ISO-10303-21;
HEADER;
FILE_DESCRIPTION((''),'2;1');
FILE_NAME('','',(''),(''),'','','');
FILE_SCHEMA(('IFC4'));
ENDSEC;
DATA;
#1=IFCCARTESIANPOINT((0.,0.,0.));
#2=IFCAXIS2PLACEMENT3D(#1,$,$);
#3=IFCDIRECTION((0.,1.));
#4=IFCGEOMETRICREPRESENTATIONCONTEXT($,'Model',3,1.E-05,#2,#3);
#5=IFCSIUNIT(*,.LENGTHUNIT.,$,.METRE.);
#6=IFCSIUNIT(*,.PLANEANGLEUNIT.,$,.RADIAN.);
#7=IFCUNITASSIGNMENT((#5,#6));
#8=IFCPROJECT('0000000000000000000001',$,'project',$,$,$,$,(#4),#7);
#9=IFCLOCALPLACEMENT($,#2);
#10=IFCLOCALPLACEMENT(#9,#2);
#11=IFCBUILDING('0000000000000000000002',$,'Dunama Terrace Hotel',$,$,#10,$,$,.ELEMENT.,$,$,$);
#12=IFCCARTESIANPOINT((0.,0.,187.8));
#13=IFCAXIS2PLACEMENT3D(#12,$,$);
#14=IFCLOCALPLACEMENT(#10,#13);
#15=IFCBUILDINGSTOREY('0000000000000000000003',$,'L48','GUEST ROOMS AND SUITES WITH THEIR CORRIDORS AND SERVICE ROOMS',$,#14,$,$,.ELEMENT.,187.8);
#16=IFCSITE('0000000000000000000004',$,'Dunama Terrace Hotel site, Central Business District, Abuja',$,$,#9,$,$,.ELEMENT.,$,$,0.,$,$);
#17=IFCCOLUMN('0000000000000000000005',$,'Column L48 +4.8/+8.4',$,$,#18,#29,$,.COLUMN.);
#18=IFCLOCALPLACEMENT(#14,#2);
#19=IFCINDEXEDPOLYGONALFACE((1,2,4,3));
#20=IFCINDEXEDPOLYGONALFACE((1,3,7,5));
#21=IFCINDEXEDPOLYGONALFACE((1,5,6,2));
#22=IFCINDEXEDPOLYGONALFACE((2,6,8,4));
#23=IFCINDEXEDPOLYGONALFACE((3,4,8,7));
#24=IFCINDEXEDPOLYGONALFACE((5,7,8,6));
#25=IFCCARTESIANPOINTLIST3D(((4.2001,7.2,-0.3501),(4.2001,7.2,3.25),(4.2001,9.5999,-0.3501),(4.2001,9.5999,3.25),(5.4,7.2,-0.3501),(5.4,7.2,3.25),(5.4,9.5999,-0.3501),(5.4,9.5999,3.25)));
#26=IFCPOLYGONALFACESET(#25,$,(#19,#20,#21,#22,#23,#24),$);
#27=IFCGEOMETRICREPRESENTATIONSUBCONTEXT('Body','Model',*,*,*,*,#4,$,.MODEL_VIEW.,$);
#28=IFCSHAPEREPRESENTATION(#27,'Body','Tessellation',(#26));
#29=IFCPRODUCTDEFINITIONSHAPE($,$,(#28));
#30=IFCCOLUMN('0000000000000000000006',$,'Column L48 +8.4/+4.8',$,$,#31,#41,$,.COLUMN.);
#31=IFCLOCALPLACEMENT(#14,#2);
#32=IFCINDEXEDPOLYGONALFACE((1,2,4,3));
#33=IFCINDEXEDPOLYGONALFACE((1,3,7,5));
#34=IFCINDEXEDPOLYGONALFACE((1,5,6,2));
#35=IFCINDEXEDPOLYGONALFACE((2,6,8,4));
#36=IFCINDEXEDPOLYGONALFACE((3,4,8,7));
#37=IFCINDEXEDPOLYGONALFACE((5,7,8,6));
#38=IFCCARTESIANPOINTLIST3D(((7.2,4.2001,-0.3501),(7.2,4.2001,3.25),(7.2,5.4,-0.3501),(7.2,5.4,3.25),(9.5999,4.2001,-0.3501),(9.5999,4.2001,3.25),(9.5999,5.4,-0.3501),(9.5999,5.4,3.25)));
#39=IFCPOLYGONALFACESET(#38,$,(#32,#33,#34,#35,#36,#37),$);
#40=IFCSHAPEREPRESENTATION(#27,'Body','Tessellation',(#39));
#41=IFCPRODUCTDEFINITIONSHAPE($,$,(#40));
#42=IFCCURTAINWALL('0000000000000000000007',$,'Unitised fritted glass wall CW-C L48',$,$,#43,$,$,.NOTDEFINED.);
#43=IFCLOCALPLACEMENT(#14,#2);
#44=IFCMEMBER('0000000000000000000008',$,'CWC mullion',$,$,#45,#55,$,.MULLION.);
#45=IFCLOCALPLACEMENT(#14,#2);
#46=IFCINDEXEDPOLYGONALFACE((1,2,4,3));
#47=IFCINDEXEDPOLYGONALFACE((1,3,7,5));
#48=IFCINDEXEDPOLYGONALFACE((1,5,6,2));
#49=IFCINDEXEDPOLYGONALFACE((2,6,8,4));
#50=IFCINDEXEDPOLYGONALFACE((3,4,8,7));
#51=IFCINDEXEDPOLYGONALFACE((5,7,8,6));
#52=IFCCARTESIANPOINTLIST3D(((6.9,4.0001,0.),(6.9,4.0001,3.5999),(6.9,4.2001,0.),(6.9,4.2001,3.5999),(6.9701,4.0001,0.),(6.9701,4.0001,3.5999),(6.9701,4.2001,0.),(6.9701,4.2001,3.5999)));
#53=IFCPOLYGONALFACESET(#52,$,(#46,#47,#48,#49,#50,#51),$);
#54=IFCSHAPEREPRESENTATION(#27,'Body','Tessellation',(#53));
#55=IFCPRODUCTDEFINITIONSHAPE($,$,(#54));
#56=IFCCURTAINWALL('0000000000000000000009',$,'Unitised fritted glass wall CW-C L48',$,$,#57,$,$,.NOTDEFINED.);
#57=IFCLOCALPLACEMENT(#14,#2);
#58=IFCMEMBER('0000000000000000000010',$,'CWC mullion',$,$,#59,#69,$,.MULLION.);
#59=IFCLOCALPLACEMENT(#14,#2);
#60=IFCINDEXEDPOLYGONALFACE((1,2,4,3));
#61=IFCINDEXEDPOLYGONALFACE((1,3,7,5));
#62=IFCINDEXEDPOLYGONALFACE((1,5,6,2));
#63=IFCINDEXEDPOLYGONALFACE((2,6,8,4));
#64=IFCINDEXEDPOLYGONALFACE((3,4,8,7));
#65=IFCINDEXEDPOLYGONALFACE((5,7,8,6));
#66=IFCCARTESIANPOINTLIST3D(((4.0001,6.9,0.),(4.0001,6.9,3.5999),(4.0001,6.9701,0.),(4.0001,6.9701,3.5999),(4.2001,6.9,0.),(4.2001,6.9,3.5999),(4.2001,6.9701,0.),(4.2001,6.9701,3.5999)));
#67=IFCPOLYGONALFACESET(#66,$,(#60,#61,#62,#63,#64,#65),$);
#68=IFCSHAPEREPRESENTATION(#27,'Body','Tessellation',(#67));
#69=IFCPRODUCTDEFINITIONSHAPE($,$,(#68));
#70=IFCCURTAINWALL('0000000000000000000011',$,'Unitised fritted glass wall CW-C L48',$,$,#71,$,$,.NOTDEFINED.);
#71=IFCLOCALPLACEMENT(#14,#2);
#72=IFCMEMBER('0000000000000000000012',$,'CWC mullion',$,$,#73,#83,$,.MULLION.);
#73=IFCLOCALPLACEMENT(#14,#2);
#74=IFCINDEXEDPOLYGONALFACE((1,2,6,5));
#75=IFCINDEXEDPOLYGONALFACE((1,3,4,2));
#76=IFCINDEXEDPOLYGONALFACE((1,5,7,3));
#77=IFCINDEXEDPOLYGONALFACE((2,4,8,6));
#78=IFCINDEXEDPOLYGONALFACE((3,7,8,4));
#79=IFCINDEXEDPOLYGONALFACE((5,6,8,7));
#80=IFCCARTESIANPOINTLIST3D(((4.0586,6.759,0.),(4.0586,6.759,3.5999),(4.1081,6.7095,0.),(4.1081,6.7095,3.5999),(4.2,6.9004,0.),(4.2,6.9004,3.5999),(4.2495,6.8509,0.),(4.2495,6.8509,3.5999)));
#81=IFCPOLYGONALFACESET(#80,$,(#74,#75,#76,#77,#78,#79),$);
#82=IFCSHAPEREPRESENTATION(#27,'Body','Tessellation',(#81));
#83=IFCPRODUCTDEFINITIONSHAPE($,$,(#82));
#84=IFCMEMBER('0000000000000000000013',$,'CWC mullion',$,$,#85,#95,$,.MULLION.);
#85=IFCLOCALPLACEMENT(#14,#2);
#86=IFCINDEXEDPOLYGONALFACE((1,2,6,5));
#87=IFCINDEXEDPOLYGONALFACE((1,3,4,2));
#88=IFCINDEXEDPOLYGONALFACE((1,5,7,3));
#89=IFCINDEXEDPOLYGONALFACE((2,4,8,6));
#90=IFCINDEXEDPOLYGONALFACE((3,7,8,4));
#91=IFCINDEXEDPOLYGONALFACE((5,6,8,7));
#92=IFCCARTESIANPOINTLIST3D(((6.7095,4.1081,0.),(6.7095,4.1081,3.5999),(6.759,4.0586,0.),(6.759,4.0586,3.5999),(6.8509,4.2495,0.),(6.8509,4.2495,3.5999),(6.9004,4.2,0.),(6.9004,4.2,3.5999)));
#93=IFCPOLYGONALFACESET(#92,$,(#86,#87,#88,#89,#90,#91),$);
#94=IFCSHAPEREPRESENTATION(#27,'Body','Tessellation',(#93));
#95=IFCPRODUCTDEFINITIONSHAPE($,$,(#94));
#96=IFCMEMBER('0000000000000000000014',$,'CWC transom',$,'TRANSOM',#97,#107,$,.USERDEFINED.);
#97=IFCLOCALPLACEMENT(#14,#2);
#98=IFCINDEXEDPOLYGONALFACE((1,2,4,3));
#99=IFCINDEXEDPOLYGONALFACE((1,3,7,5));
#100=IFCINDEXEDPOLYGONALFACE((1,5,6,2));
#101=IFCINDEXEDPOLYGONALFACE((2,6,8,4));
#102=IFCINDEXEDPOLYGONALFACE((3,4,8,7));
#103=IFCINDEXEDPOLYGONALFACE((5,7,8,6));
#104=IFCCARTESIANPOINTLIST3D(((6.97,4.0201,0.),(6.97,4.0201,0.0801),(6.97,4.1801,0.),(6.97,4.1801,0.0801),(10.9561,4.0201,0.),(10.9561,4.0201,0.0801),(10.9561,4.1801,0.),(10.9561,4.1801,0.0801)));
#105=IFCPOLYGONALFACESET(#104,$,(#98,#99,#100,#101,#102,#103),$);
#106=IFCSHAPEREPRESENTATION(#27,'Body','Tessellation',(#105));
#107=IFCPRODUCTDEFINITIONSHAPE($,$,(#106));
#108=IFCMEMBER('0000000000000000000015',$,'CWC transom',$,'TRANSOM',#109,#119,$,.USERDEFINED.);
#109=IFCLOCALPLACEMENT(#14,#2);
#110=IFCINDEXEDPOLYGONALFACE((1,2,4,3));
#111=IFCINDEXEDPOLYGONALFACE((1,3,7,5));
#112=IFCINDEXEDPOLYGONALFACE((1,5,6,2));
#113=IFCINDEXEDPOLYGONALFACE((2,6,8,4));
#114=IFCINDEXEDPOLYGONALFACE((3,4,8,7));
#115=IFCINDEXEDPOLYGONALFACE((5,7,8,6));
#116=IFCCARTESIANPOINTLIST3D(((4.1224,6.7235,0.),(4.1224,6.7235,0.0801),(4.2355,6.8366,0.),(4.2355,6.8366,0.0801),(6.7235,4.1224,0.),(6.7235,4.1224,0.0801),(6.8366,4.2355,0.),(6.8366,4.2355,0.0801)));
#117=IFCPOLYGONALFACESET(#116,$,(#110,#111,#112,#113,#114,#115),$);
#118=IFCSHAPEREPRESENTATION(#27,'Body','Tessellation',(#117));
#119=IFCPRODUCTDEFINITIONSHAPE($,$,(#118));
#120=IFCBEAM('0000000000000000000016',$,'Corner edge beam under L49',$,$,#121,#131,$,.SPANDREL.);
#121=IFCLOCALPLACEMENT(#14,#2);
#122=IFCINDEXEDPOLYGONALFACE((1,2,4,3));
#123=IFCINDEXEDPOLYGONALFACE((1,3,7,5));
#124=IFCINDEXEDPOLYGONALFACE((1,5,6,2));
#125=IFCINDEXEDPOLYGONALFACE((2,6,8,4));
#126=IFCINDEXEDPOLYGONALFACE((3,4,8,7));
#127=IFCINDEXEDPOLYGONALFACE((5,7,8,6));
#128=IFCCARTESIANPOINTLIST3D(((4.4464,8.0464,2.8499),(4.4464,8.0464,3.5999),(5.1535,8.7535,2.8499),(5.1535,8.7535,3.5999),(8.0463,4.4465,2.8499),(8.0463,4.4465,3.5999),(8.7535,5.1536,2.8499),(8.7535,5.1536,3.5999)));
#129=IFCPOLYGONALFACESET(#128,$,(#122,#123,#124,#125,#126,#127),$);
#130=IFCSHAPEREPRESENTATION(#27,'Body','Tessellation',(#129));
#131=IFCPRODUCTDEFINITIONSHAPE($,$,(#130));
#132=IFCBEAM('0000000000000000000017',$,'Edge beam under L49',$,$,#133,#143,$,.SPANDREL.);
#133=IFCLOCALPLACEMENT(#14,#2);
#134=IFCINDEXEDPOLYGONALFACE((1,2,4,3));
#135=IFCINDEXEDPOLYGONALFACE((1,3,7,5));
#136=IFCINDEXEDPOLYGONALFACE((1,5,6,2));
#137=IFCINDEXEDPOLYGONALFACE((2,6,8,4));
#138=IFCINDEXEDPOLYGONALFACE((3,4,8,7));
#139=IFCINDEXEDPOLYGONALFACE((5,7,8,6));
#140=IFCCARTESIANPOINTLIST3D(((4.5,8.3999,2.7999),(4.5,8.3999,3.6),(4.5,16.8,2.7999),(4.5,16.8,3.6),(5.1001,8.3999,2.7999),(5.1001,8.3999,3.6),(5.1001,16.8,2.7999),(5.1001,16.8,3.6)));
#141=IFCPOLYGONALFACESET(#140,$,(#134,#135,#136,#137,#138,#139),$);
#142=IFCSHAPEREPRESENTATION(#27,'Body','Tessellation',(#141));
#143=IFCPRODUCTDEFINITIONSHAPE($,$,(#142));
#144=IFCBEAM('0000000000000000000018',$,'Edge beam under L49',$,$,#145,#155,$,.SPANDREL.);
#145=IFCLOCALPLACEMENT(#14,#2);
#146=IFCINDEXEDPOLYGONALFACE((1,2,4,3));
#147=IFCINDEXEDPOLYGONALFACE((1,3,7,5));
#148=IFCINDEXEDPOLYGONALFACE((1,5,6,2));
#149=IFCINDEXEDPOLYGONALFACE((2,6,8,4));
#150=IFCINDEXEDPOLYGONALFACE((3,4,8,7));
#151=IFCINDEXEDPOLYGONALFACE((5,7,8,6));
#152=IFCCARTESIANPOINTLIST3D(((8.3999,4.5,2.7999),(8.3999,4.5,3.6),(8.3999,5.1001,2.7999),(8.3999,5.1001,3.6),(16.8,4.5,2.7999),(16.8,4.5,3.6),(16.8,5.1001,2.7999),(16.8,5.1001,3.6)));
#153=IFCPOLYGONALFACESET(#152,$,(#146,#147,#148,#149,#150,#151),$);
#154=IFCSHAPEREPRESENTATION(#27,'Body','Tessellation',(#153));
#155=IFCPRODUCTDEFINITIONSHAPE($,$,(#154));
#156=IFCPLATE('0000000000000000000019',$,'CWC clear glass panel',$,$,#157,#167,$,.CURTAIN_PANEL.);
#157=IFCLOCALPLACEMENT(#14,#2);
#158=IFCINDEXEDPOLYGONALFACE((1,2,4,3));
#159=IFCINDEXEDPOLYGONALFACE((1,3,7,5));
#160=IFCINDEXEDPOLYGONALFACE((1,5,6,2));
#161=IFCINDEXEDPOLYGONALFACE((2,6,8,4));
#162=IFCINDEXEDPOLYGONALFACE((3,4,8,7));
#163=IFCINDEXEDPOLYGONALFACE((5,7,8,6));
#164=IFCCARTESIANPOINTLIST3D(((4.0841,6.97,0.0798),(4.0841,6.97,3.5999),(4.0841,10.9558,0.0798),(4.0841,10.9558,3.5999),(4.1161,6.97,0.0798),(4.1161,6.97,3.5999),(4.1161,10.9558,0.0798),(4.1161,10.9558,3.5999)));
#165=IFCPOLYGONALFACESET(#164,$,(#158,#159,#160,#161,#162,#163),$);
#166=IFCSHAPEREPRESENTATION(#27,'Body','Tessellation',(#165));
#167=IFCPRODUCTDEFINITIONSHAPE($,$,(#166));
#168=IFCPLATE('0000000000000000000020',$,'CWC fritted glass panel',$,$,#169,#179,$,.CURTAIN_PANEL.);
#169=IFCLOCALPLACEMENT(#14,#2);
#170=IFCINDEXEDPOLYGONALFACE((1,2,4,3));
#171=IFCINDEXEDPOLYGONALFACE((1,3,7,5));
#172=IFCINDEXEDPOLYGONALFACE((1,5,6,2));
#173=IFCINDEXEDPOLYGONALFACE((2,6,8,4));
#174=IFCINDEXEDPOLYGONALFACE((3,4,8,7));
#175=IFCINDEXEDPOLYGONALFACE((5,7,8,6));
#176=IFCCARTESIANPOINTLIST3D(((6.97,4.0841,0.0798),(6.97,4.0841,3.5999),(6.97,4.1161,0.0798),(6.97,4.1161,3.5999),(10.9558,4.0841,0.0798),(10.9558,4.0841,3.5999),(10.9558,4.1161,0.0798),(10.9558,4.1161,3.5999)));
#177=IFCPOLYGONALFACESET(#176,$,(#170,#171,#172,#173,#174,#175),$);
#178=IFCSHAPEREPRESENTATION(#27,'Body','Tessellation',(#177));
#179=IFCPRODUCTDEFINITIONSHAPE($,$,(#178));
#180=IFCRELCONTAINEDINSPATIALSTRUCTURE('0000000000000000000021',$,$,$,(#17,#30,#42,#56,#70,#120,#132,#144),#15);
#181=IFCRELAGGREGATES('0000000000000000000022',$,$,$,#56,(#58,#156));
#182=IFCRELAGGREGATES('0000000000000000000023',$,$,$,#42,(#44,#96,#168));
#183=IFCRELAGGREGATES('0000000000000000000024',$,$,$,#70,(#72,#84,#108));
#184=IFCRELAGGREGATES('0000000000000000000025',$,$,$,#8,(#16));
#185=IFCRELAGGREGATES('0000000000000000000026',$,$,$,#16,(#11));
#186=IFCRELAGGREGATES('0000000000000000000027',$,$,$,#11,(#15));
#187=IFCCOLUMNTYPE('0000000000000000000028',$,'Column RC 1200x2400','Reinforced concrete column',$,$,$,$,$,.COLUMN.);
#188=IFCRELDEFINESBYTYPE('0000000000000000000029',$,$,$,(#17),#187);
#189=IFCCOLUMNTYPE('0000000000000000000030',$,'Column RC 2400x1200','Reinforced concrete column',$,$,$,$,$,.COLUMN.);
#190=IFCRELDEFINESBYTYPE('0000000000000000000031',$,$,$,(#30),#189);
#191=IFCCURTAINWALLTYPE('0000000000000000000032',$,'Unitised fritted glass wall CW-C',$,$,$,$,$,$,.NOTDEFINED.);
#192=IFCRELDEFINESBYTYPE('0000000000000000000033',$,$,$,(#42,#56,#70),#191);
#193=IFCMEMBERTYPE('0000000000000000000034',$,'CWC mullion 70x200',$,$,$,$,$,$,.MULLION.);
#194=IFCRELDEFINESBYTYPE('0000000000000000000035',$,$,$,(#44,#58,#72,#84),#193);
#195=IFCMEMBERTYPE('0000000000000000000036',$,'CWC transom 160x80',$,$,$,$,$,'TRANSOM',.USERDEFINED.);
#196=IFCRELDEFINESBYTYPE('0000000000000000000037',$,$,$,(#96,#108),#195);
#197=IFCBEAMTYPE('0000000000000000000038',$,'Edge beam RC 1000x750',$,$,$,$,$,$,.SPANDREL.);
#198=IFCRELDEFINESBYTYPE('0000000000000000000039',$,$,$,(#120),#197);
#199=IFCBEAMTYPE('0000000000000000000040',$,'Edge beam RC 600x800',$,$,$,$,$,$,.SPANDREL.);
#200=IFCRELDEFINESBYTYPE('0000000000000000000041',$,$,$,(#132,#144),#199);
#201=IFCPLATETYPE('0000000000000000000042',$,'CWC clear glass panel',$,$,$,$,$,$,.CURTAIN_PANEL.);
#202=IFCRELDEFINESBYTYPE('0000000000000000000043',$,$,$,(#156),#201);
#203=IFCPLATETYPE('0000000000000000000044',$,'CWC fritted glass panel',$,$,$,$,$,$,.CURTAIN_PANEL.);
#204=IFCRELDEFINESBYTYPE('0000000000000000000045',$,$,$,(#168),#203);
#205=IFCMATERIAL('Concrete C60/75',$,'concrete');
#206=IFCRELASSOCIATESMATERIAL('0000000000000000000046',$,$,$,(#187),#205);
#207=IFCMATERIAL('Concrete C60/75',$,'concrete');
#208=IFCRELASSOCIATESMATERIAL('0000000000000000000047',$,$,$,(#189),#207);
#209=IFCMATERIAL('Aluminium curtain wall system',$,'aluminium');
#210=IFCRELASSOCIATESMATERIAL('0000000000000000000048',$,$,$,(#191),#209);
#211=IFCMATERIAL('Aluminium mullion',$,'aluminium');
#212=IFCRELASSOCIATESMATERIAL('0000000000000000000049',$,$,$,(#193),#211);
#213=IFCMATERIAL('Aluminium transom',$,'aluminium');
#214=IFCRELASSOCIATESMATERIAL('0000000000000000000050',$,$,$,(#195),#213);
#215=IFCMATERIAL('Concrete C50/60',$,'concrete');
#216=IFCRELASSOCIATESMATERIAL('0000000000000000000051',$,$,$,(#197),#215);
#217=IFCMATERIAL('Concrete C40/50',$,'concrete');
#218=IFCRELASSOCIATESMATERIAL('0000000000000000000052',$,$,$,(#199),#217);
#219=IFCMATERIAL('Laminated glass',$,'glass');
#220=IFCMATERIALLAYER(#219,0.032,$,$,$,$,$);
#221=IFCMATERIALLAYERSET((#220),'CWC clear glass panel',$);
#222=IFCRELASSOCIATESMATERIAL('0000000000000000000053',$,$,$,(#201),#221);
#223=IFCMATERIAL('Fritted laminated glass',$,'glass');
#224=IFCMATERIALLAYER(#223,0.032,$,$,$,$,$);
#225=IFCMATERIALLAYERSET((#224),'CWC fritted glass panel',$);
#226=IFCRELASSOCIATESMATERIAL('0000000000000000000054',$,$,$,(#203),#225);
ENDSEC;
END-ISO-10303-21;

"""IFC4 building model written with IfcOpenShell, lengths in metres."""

from ifc_helpers import new_model, si_unit, direction, frame, origin, origin_2d, place, context, subcontext, project, spatial, rectangle, extrude, material, layer, layer_set, material_profile, profile_set, type_object, element, aggregate, save


model = new_model("IFC4")

# Units and contexts
model_context = context("Model", 3, precision=1e-05, world=origin(), true_north=direction((0.0, 1.0)))
body_context = subcontext(model_context, "Body", "Model", "MODEL_VIEW")
ifc_project = project(units=[si_unit("LENGTHUNIT", "METRE"), si_unit("PLANEANGLEUNIT", "RADIAN")], contexts=[model_context])

# Site, building, storey
site_placement = place(None, origin())
site = spatial("IfcSite", under=ifc_project, at=site_placement, Name="Dunama Terrace Hotel site, Central Business District, Abuja", CompositionType="ELEMENT", RefElevation=0.0)
building_placement = place(site_placement, origin())
building = spatial("IfcBuilding", under=site, at=building_placement, Name="Dunama Terrace Hotel", CompositionType="ELEMENT")
storey_placement = place(building_placement, frame((0.0, 0.0, 187.8)))
storey = spatial("IfcBuildingStorey", under=building, at=storey_placement, Name="L48", Description="GUEST ROOMS AND SUITES WITH THEIR CORRIDORS AND SERVICE ROOMS", CompositionType="ELEMENT", Elevation=187.8)

# Columns
ifc_material_1 = material(Name="Concrete C60/75", Category="concrete")
ifc_material_profile_1 = material_profile(ifc_material_1, rectangle(XDim=1.2, YDim=2.3999, at=origin_2d()), Name="RC 1200x2400")
ifc_profile_set_1 = profile_set([ifc_material_profile_1], Name="Concrete C60/75")
column_type_1 = type_object("IfcColumnType", Name="Column RC 1200x2400", Description="Reinforced concrete column", PredefinedType="COLUMN", material=ifc_profile_set_1)
column_1_placement = place(storey_placement, frame((4.8, 8.3999, -0.3501), z_axis=(0.0, 0.0, 1.0), x_axis=(1.0, 0.0, 0.0)))
element("IfcColumn", 1, at=column_1_placement, inside=storey, type_object=column_type_1, Name="Column L48 +4.8/+8.4", PredefinedType="COLUMN", context=body_context, shape_type="SweptSolid", body=[
    extrude(rectangle(XDim=1.2, YDim=2.3999, at=origin_2d()), origin(), (0.0, 0.0, 1.0), 3.6001),
])
ifc_material_2 = material(Name="Concrete C60/75", Category="concrete")
ifc_material_profile_2 = material_profile(ifc_material_2, rectangle(XDim=2.3999, YDim=1.2, at=origin_2d()), Name="RC 2400x1200")
ifc_profile_set_2 = profile_set([ifc_material_profile_2], Name="Concrete C60/75")
column_type_2 = type_object("IfcColumnType", Name="Column RC 2400x1200", Description="Reinforced concrete column", PredefinedType="COLUMN", material=ifc_profile_set_2)
column_2_placement = place(storey_placement, frame((8.3999, 4.8, -0.3501), z_axis=(0.0, 0.0, 1.0), x_axis=(1.0, 0.0, 0.0)))
element("IfcColumn", 2, at=column_2_placement, inside=storey, type_object=column_type_2, Name="Column L48 +8.4/+4.8", PredefinedType="COLUMN", context=body_context, shape_type="SweptSolid", body=[
    extrude(rectangle(XDim=2.3999, YDim=1.2, at=origin_2d()), origin(), (0.0, 0.0, 1.0), 3.6001),
])

# Curtain walls, members
ifc_material_3 = material(Name="Aluminium curtain wall system", Category="aluminium")
curtain_wall_type = type_object("IfcCurtainWallType", Name="Unitised fritted glass wall CW-C", PredefinedType="NOTDEFINED", material=ifc_material_3)
curtain_wall_1_placement = place(storey_placement, origin())
curtain_wall_1 = element("IfcCurtainWall", 3, at=curtain_wall_1_placement, inside=storey, type_object=curtain_wall_type, Name="Unitised fritted glass wall CW-C L48", PredefinedType="NOTDEFINED")
ifc_material_4 = material(Name="Aluminium mullion", Category="aluminium")
ifc_material_profile_3 = material_profile(ifc_material_4, rectangle(XDim=0.0701, YDim=0.2, at=origin_2d()), Name="CWC MULLION 70X200")
ifc_profile_set_3 = profile_set([ifc_material_profile_3], Name="Aluminium mullion")
member_type_1 = type_object("IfcMemberType", Name="CWC mullion 70x200", PredefinedType="MULLION", material=ifc_profile_set_3)
member_1_placement = place(storey_placement, frame((6.9351, 4.1001, 0.0), z_axis=(0.0, 0.0, 1.0), x_axis=(1.0, 0.0, 0.0)))
member_1 = element("IfcMember", 4, at=member_1_placement, type_object=member_type_1, Name="CWC mullion", PredefinedType="MULLION", context=body_context, shape_type="SweptSolid", body=[
    extrude(rectangle(XDim=0.0701, YDim=0.2, at=origin_2d()), origin(), (0.0, 0.0, 1.0), 3.5999),
])
curtain_wall_2_placement = place(storey_placement, origin())
curtain_wall_2 = element("IfcCurtainWall", 5, at=curtain_wall_2_placement, inside=storey, type_object=curtain_wall_type, Name="Unitised fritted glass wall CW-C L48", PredefinedType="NOTDEFINED")
member_2_placement = place(storey_placement, frame((4.1001, 6.9351, 0.0), z_axis=(0.0, 0.0, 1.0), x_axis=(0.0, -1.0, 0.0)))
member_2 = element("IfcMember", 6, at=member_2_placement, type_object=member_type_1, Name="CWC mullion", PredefinedType="MULLION", context=body_context, shape_type="SweptSolid", body=[
    extrude(rectangle(XDim=0.0701, YDim=0.2, at=origin_2d()), origin(), (0.0, 0.0, 1.0), 3.5999),
])

# Curtain wall, members
curtain_wall_3_placement = place(storey_placement, origin())
curtain_wall_3 = element("IfcCurtainWall", 7, at=curtain_wall_3_placement, inside=storey, type_object=curtain_wall_type, Name="Unitised fritted glass wall CW-C L48", PredefinedType="NOTDEFINED")
member_3_placement = place(storey_placement, frame((4.1541, 6.8049, 0.0), z_axis=(0.0, 0.0, 1.0), x_axis=(0.707107, -0.707107, 0.0)))
member_3 = element("IfcMember", 8, at=member_3_placement, type_object=member_type_1, Name="CWC mullion", PredefinedType="MULLION", context=body_context, shape_type="SweptSolid", body=[
    extrude(rectangle(XDim=0.0701, YDim=0.2, at=origin_2d()), origin(), (0.0, 0.0, 1.0), 3.5999),
])
member_4_placement = place(storey_placement, frame((6.8049, 4.1541, 0.0), z_axis=(0.0, 0.0, 1.0), x_axis=(0.707107, -0.707107, 0.0)))
member_4 = element("IfcMember", 9, at=member_4_placement, type_object=member_type_1, Name="CWC mullion", PredefinedType="MULLION", context=body_context, shape_type="SweptSolid", body=[
    extrude(rectangle(XDim=0.0701, YDim=0.2, at=origin_2d()), origin(), (0.0, 0.0, 1.0), 3.5999),
])

# Members
ifc_material_5 = material(Name="Aluminium transom", Category="aluminium")
ifc_material_profile_4 = material_profile(ifc_material_5, rectangle(XDim=0.1599, YDim=0.0801, at=origin_2d()), Name="CWC TRANSOM 160X80")
ifc_profile_set_4 = profile_set([ifc_material_profile_4], Name="Aluminium transom")
member_type_2 = type_object("IfcMemberType", Name="CWC transom 160x80", ElementType="TRANSOM", PredefinedType="USERDEFINED", material=ifc_profile_set_4)
member_5_placement = place(storey_placement, frame((6.97, 4.1001, 0.04), z_axis=(1.0, 0.0, 0.0), x_axis=(0.0, 1.0, 0.0)))
member_5 = element("IfcMember", 10, at=member_5_placement, type_object=member_type_2, Name="CWC transom", ObjectType="TRANSOM", PredefinedType="USERDEFINED", context=body_context, shape_type="SweptSolid", body=[
    extrude(rectangle(XDim=0.1599, YDim=0.0801, at=origin_2d()), origin(), (0.0, 0.0, 1.0), 3.9861),
])
member_6_placement = place(storey_placement, frame((4.179, 6.78, 0.04), z_axis=(0.707107, -0.707107, 0.0), x_axis=(0.707107, 0.707107, 0.0)))
member_6 = element("IfcMember", 11, at=member_6_placement, type_object=member_type_2, Name="CWC transom", ObjectType="TRANSOM", PredefinedType="USERDEFINED", context=body_context, shape_type="SweptSolid", body=[
    extrude(rectangle(XDim=0.1599, YDim=0.0801, at=origin_2d()), origin(), (0.0, 0.0, 1.0), 3.6785),
])

# Beams
ifc_material_6 = material(Name="Concrete C50/60", Category="concrete")
ifc_material_profile_5 = material_profile(ifc_material_6, rectangle(XDim=1.0, YDim=0.75, at=origin_2d()), Name="RC 1000x750")
ifc_profile_set_5 = profile_set([ifc_material_profile_5], Name="Concrete C50/60")
beam_type_1 = type_object("IfcBeamType", Name="Edge beam RC 1000x750", PredefinedType="SPANDREL", material=ifc_profile_set_5)
beam_placement = place(storey_placement, frame((8.3999, 4.8, 3.2249), z_axis=(-0.707107, 0.707107, 0.0), x_axis=(-0.707107, -0.707107, 0.0)))
element("IfcBeam", 12, at=beam_placement, inside=storey, type_object=beam_type_1, Name="Corner edge beam under L49", PredefinedType="SPANDREL", context=body_context, shape_type="SweptSolid", body=[
    extrude(rectangle(XDim=1.0, YDim=0.75, at=origin_2d()), origin(), (0.0, 0.0, 1.0), 5.0911),
])
ifc_material_7 = material(Name="Concrete C40/50", Category="concrete")
ifc_material_profile_6 = material_profile(ifc_material_7, rectangle(XDim=0.6001, YDim=0.8, at=origin_2d()), Name="RC 600x800")
ifc_profile_set_6 = profile_set([ifc_material_profile_6], Name="Concrete C40/50")
beam_type_2 = type_object("IfcBeamType", Name="Edge beam RC 600x800", PredefinedType="SPANDREL", material=ifc_profile_set_6)
for number, where, z_axis, x_axis, name in (
    (13, (4.8, 8.3999, 3.2), (0.0, 1.0, 0.0), (-1.0, 0.0, 0.0), "Edge beam under L49"),
    (14, (8.3999, 4.8, 3.2), (1.0, 0.0, 0.0), (0.0, 1.0, 0.0), "Edge beam under L49"),
):
    element("IfcBeam", number, at=place(storey_placement, frame(where, z_axis=z_axis, x_axis=x_axis)), inside=storey, type_object=beam_type_2, Name=name, PredefinedType="SPANDREL", context=body_context, shape_type="SweptSolid", body=[
        extrude(rectangle(XDim=0.6001, YDim=0.8, at=origin_2d()), origin(), (0.0, 0.0, 1.0), 8.4001),
    ])

# Plates
ifc_material_8 = material(Name="Laminated glass", Category="glass")
ifc_layer_1 = layer(ifc_material_8, 0.032)
ifc_layer_set_1 = layer_set([ifc_layer_1], Name="CWC clear glass panel")
plate_type_1 = type_object("IfcPlateType", Name="CWC clear glass panel", PredefinedType="CURTAIN_PANEL", material=ifc_layer_set_1)
plate_1_placement = place(storey_placement, frame((4.1001, 8.9629, 0.0798), z_axis=(0.0, 0.0, 1.0), x_axis=(0.0, -1.0, 0.0)))
plate_1 = element("IfcPlate", 15, at=plate_1_placement, type_object=plate_type_1, Name="CWC clear glass panel", PredefinedType="CURTAIN_PANEL", context=body_context, shape_type="SweptSolid", body=[
    extrude(rectangle(XDim=3.9858, YDim=0.032, at=origin_2d()), origin(), (0.0, 0.0, 1.0), 3.52),
])
aggregate(curtain_wall_2, [member_2, plate_1])
ifc_material_9 = material(Name="Fritted laminated glass", Category="glass")
ifc_layer_2 = layer(ifc_material_9, 0.032)
ifc_layer_set_2 = layer_set([ifc_layer_2], Name="CWC fritted glass panel")
plate_type_2 = type_object("IfcPlateType", Name="CWC fritted glass panel", PredefinedType="CURTAIN_PANEL", material=ifc_layer_set_2)
plate_2_placement = place(storey_placement, frame((8.9629, 4.1001, 0.0798), z_axis=(0.0, 0.0, 1.0), x_axis=(1.0, 0.0, 0.0)))
plate_2 = element("IfcPlate", 16, at=plate_2_placement, type_object=plate_type_2, Name="CWC fritted glass panel", PredefinedType="CURTAIN_PANEL", context=body_context, shape_type="SweptSolid", body=[
    extrude(rectangle(XDim=3.9858, YDim=0.032, at=origin_2d()), origin(), (0.0, 0.0, 1.0), 3.52),
])
aggregate(curtain_wall_1, [member_1, member_5, plate_2])
aggregate(curtain_wall_3, [member_3, member_4, member_6])

save(model, "model.ifc")
